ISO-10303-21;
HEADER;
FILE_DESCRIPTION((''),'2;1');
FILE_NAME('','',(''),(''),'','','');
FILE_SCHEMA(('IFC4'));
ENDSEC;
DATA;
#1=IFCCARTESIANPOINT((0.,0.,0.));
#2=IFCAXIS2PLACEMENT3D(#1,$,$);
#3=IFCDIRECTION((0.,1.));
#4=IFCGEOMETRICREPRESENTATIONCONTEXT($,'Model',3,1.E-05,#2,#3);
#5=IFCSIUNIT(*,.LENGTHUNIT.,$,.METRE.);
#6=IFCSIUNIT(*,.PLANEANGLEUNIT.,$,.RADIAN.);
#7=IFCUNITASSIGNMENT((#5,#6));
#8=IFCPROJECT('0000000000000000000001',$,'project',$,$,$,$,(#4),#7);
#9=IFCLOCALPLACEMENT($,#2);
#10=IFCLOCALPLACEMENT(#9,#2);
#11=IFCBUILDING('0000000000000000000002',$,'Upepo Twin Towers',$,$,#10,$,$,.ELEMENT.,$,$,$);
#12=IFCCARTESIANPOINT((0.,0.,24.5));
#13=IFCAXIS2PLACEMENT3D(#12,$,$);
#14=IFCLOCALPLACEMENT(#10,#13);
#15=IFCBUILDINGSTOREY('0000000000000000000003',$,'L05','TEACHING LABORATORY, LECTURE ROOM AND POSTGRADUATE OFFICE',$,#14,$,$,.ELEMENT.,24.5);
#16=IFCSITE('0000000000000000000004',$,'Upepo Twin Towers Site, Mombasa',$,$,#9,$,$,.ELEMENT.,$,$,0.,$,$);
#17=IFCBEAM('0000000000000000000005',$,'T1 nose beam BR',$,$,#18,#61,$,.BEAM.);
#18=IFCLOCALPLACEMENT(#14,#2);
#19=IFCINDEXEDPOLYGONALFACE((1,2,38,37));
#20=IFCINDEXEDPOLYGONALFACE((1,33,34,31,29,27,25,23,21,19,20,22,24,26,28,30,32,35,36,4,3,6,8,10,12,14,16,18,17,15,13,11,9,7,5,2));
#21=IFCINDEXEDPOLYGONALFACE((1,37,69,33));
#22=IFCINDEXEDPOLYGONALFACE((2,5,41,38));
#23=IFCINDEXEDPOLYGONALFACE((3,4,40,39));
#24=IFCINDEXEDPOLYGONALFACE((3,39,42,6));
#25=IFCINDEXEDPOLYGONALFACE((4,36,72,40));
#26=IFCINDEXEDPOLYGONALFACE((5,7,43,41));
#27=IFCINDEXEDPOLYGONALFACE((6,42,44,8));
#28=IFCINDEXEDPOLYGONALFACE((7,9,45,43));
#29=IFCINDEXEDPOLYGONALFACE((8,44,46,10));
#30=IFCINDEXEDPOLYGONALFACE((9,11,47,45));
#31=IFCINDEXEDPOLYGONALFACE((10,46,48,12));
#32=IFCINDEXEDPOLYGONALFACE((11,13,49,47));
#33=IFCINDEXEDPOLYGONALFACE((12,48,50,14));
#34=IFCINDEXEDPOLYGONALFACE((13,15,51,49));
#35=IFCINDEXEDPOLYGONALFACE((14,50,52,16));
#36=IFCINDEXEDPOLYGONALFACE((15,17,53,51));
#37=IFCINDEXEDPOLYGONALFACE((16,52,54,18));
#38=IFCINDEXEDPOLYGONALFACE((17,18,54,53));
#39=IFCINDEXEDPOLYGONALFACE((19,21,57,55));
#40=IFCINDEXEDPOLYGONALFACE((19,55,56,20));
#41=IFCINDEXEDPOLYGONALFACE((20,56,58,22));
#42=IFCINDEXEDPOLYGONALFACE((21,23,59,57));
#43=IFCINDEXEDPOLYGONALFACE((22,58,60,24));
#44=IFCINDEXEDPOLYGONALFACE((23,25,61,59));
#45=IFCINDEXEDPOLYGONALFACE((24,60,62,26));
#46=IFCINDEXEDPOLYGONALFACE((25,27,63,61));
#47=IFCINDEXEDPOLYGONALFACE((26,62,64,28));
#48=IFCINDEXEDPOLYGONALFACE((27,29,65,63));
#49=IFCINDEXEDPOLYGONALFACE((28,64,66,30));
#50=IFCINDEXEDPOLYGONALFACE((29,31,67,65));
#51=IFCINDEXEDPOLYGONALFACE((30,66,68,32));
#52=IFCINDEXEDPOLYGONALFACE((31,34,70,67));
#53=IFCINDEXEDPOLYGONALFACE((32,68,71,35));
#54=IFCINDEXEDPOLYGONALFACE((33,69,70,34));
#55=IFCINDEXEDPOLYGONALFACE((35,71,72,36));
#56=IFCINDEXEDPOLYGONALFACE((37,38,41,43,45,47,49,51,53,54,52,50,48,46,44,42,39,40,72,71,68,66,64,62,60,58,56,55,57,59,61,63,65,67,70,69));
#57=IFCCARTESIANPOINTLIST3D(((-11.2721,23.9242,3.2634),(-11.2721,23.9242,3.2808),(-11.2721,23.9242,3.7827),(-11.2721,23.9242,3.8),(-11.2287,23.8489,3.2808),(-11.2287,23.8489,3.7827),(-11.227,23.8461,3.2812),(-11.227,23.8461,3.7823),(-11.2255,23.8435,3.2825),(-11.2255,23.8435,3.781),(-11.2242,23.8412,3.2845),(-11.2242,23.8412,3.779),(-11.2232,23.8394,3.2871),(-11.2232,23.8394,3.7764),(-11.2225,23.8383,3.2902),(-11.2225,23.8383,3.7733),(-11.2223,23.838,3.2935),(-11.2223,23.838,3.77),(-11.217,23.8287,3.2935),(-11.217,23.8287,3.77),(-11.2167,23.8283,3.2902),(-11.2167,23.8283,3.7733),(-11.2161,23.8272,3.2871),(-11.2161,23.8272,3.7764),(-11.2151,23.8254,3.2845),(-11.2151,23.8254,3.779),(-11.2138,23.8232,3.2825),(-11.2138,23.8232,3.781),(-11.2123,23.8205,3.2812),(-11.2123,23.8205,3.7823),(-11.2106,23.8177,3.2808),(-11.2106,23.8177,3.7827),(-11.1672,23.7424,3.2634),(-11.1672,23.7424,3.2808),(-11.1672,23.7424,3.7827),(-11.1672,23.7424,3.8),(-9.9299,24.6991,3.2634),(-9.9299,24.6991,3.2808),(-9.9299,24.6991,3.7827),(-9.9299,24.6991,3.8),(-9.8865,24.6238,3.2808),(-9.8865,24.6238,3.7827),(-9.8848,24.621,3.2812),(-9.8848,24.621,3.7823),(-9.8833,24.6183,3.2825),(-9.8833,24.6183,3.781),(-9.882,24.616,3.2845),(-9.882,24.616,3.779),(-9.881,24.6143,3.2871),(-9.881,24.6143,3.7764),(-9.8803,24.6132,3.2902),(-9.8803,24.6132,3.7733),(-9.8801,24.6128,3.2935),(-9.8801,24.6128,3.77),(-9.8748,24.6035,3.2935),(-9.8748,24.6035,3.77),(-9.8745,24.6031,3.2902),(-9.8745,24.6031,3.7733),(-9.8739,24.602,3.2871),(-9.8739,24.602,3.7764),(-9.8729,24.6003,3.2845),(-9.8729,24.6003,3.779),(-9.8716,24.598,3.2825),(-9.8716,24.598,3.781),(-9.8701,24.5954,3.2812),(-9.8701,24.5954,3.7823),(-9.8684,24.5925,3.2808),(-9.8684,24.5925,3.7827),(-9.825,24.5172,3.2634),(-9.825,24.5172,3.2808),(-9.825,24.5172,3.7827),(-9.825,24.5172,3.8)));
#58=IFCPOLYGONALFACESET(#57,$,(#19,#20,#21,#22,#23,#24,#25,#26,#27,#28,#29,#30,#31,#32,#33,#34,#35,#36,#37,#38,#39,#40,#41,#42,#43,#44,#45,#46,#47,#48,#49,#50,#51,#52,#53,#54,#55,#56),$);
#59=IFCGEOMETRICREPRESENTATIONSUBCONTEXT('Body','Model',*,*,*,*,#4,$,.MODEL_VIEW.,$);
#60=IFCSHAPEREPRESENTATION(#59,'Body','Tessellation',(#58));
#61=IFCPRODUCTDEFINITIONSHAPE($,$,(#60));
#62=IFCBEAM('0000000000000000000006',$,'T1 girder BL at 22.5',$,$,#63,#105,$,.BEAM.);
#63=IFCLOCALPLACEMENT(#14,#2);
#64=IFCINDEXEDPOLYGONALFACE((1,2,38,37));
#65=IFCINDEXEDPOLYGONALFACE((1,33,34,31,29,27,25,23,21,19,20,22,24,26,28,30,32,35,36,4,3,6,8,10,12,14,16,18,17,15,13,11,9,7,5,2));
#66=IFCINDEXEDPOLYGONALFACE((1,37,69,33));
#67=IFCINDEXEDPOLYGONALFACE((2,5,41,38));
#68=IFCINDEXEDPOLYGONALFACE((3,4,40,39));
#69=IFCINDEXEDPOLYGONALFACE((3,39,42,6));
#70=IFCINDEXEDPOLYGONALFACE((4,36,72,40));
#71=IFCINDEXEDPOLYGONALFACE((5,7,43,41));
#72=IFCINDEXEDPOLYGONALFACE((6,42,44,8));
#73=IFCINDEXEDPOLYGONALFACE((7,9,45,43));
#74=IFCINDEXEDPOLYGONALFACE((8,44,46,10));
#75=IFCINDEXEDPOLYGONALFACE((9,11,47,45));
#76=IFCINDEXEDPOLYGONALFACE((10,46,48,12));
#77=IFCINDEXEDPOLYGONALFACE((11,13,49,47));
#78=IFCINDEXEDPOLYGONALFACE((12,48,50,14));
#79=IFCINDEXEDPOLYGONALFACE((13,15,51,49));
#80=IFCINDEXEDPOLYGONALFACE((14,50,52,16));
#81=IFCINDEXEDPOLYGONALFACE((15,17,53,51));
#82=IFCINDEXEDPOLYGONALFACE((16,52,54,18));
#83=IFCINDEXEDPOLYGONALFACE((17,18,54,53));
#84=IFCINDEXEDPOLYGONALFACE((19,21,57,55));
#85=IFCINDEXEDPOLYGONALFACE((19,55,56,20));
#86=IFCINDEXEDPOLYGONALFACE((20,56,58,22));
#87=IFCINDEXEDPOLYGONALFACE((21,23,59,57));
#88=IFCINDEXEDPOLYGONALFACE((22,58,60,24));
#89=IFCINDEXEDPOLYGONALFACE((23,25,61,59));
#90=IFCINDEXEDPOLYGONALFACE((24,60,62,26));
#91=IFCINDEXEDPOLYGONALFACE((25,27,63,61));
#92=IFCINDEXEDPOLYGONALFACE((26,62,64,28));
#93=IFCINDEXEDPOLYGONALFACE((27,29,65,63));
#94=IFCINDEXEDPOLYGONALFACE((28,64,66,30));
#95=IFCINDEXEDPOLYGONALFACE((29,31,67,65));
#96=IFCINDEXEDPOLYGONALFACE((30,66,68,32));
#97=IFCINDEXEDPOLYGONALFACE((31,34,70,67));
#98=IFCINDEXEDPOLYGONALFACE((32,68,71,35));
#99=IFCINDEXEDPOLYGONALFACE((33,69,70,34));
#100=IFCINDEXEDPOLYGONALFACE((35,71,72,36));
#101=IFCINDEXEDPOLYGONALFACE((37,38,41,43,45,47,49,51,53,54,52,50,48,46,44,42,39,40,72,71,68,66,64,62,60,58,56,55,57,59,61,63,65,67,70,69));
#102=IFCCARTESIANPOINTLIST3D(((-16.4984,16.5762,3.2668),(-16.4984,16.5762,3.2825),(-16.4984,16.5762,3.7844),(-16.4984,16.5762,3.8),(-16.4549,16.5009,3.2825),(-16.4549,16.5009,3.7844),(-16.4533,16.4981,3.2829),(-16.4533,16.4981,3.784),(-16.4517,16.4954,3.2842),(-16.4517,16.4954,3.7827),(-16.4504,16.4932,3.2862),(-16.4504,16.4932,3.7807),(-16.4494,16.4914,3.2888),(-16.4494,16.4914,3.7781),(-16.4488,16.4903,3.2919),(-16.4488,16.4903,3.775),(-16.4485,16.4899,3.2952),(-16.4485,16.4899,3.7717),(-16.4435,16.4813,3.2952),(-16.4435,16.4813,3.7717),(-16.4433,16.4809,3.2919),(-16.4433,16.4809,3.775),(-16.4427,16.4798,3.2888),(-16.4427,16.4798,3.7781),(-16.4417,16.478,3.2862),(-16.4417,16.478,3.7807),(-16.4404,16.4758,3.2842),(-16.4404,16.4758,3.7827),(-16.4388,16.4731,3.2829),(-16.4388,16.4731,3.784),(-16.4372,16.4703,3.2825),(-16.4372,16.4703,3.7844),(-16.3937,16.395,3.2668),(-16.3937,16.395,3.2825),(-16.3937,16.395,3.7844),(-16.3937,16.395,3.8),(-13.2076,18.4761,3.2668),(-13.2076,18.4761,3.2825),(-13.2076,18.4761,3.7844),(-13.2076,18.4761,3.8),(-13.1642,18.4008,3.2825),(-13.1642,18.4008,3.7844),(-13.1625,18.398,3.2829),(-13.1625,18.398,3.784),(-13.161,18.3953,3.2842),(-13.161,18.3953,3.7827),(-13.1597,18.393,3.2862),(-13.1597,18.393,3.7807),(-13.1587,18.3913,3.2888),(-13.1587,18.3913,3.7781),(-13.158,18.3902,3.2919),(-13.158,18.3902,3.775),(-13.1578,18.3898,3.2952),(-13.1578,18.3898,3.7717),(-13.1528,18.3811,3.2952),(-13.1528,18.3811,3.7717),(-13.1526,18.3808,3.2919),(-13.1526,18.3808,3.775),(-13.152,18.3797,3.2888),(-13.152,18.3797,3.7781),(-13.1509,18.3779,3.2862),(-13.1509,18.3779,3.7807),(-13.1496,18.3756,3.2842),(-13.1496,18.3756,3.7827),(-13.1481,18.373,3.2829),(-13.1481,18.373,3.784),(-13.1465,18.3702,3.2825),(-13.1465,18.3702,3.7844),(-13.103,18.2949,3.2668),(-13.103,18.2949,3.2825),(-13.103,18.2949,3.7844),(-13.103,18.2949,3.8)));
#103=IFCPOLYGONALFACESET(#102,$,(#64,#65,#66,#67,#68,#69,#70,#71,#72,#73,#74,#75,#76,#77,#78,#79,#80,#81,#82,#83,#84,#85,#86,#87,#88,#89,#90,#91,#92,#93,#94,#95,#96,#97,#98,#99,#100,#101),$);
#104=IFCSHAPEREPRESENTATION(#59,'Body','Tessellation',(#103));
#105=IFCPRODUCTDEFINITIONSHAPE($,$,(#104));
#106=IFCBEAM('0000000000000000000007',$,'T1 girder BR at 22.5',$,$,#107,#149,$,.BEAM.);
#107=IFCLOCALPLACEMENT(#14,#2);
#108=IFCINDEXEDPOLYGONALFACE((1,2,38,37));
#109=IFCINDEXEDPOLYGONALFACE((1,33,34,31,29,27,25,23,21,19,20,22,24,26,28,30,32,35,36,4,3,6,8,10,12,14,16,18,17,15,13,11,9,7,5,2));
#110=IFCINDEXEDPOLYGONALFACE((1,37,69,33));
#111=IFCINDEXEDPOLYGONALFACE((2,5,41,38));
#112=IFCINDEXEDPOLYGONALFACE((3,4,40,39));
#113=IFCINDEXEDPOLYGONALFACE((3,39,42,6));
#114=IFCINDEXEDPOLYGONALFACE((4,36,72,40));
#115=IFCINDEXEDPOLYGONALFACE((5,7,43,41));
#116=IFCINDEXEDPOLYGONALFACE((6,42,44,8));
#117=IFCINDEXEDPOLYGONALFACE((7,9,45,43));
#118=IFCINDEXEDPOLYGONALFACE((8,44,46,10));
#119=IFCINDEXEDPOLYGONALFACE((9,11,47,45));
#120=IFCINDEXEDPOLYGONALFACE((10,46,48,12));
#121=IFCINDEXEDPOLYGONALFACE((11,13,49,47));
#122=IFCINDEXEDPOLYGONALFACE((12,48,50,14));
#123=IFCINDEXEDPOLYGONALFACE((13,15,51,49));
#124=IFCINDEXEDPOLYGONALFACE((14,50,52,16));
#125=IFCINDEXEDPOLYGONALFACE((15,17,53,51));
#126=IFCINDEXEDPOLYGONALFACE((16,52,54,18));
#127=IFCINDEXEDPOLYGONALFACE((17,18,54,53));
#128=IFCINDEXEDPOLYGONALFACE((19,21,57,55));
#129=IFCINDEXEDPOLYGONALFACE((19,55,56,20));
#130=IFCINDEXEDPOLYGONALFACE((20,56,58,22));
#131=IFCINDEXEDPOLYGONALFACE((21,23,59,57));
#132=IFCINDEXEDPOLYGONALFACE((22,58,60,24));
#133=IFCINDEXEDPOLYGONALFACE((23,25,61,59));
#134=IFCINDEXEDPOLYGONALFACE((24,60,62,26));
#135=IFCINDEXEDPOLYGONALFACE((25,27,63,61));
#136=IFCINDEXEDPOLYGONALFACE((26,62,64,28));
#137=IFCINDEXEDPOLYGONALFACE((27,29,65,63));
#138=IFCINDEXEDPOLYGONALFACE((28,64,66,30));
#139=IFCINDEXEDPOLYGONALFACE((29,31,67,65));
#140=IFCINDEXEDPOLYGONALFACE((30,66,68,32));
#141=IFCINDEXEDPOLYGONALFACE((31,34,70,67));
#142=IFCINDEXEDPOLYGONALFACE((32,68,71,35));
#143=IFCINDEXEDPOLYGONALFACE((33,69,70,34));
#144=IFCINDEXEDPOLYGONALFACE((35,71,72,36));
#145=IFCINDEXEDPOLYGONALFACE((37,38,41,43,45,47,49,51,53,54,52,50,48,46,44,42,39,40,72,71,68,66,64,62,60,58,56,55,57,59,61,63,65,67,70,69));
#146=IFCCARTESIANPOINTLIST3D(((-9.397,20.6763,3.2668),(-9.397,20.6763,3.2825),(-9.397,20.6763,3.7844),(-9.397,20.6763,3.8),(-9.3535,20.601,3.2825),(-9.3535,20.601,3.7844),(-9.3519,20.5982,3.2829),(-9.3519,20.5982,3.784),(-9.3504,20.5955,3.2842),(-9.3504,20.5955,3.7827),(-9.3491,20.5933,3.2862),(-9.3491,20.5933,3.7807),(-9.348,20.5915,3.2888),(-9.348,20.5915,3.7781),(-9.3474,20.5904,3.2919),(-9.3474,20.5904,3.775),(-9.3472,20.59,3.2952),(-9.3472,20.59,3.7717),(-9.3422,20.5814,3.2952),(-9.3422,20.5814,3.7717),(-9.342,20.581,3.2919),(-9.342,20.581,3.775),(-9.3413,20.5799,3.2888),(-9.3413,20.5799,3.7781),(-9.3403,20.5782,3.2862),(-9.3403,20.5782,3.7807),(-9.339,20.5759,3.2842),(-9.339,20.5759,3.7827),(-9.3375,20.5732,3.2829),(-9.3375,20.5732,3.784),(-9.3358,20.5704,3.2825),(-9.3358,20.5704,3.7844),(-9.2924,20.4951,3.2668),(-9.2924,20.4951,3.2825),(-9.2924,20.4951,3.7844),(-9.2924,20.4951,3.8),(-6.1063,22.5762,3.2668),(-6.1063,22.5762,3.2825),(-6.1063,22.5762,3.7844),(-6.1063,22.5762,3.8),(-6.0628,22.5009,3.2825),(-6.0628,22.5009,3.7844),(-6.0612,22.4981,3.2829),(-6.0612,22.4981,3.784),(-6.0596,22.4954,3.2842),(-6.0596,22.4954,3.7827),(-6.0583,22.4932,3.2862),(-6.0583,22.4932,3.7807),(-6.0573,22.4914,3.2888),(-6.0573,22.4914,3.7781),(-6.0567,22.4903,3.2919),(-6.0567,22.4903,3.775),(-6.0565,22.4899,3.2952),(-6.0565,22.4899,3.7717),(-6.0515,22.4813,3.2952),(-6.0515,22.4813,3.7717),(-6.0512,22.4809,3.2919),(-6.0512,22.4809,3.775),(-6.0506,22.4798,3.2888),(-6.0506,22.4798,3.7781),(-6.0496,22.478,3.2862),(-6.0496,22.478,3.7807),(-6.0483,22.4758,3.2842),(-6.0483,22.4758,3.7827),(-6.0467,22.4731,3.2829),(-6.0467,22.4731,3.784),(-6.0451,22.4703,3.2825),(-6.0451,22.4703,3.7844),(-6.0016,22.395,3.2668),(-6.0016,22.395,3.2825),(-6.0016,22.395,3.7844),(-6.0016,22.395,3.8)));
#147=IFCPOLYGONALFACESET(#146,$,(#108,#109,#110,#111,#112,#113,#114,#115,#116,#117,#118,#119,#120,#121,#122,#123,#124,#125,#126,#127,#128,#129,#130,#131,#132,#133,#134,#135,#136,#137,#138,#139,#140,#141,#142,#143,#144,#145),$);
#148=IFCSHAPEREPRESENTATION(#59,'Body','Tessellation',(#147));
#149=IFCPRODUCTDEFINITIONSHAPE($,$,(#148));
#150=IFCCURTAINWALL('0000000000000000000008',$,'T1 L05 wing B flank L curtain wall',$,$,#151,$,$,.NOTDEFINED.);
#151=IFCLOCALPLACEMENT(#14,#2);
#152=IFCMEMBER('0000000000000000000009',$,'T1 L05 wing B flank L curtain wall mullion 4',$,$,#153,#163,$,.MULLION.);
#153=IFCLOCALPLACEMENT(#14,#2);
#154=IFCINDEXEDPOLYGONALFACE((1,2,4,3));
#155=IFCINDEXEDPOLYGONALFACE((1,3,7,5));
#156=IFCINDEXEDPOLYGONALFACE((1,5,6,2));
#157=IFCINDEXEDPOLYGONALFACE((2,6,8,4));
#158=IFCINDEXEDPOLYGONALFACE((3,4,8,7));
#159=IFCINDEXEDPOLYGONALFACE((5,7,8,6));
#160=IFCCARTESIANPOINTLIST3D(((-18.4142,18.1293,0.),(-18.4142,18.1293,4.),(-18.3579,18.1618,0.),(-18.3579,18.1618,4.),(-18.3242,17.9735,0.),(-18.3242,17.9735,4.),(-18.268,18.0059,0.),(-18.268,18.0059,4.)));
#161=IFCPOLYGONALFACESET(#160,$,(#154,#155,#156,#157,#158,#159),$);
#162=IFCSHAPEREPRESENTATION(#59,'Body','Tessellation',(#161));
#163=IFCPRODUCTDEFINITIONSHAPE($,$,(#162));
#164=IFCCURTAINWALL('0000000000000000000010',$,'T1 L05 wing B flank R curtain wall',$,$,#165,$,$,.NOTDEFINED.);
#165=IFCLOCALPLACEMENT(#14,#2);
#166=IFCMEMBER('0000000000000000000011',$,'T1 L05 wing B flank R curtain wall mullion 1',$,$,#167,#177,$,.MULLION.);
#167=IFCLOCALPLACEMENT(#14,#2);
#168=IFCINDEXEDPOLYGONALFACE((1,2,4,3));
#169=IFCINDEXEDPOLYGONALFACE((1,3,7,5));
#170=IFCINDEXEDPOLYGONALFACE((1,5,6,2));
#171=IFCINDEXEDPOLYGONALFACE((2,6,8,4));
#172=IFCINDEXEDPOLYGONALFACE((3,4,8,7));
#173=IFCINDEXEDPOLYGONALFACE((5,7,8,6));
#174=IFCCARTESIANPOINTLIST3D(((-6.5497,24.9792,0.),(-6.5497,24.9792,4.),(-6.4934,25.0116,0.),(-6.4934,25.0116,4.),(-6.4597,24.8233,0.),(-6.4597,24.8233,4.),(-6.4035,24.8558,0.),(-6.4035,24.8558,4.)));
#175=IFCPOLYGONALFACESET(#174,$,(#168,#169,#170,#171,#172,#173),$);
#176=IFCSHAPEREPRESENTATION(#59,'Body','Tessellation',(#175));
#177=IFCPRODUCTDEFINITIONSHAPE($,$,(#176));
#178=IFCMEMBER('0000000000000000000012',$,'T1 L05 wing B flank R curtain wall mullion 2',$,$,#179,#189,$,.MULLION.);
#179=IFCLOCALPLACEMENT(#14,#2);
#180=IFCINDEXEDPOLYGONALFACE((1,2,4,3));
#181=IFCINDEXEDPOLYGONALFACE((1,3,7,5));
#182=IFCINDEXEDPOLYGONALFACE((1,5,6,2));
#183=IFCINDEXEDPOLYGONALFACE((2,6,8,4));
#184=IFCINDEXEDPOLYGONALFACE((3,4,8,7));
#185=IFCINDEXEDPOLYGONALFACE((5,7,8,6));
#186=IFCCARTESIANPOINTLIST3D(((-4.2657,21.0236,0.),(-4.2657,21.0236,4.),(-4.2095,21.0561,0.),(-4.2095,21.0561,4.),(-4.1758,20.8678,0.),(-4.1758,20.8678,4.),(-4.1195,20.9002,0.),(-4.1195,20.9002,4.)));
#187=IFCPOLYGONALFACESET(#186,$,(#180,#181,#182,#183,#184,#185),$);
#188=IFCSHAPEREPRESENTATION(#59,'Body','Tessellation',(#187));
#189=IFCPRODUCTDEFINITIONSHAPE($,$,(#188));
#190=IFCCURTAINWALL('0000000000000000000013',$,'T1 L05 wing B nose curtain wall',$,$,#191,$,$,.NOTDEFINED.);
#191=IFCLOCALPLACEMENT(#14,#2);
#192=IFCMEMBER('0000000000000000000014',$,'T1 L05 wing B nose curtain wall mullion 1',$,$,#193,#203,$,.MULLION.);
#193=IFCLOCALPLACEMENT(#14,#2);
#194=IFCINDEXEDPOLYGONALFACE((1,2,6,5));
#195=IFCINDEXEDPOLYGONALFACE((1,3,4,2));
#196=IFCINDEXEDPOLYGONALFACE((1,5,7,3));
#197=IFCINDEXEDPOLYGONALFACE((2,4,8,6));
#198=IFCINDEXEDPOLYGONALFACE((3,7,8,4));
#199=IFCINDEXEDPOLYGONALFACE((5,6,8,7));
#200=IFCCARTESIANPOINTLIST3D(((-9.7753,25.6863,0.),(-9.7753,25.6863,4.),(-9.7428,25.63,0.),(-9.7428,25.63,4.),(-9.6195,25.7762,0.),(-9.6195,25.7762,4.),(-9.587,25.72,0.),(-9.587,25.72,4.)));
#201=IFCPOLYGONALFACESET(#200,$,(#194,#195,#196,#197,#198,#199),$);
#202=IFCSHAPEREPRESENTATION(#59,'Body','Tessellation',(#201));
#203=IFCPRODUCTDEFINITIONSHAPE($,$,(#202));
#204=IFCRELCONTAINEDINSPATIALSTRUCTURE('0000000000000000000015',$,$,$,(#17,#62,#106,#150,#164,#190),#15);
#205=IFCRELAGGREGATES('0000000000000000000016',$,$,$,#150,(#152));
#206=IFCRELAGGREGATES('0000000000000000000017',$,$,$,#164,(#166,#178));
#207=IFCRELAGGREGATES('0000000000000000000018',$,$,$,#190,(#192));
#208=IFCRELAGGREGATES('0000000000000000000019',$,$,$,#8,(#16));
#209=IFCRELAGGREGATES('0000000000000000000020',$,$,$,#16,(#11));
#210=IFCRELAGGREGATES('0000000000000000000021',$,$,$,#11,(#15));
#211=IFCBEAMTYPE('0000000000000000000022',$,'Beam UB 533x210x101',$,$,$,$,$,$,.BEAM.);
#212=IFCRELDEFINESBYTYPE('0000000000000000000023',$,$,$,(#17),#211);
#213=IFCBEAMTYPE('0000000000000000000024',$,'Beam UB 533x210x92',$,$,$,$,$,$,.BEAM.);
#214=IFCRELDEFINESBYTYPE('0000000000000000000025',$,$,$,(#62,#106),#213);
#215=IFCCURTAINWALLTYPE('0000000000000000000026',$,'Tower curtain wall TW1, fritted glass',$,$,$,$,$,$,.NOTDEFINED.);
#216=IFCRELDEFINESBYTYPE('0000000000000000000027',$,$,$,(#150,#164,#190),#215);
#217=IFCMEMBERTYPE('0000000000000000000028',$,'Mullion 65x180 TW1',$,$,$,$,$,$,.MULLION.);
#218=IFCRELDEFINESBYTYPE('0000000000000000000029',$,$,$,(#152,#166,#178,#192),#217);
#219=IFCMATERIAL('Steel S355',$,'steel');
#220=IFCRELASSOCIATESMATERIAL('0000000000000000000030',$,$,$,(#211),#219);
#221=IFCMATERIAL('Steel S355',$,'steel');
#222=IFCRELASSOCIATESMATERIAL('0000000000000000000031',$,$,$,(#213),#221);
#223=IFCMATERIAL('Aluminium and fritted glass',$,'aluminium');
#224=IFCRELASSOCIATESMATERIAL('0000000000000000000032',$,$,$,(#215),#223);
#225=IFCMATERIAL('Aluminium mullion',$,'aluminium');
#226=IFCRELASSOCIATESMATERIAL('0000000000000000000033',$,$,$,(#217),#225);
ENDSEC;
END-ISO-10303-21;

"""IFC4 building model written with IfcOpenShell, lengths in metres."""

from ifc_helpers import new_model, si_unit, direction, frame, origin, origin_2d, place, context, subcontext, project, spatial, rectangle, i_section, extrude, material, material_profile, profile_set, type_object, element, aggregate, save


model = new_model("IFC4")

# Units and contexts
model_context = context("Model", 3, precision=1e-05, world=origin(), true_north=direction((0.0, 1.0)))
body_context = subcontext(model_context, "Body", "Model", "MODEL_VIEW")
ifc_project = project(units=[si_unit("LENGTHUNIT", "METRE"), si_unit("PLANEANGLEUNIT", "RADIAN")], contexts=[model_context])

# Site, building, storey
site_placement = place(None, origin())
site = spatial("IfcSite", under=ifc_project, at=site_placement, Name="Upepo Twin Towers Site, Mombasa", CompositionType="ELEMENT", RefElevation=0.0)
building_placement = place(site_placement, origin())
building = spatial("IfcBuilding", under=site, at=building_placement, Name="Upepo Twin Towers", CompositionType="ELEMENT")
storey_placement = place(building_placement, frame((0.0, 0.0, 24.5)))
storey = spatial("IfcBuildingStorey", under=building, at=storey_placement, Name="L05", Description="TEACHING LABORATORY, LECTURE ROOM AND POSTGRADUATE OFFICE", CompositionType="ELEMENT", Elevation=24.5)

# Beams
ifc_material_1 = material(Name="Steel S355", Category="steel")
ifc_material_profile_1 = material_profile(ifc_material_1, i_section(OverallWidth=0.21, OverallDepth=0.5366, WebThickness=0.0107, FlangeThickness=0.0173, FilletRadius=0.0127, at=origin_2d()), Name="UB 533x210x101")
ifc_profile_set_1 = profile_set([ifc_material_profile_1], Name="Steel S355")
beam_type_1 = type_object("IfcBeamType", Name="Beam UB 533x210x101", PredefinedType="BEAM", material=ifc_profile_set_1)
for number, where, z_axis, x_axis, name in (
    (1, (-9.8774, 24.6082, 3.5317), (-0.866044, -0.499968, 0.0), (0.499968, -0.866044, 0.0), "T1 nose beam BR"),
):
    element("IfcBeam", number, at=place(storey_placement, frame(where, z_axis=z_axis, x_axis=x_axis)), inside=storey, type_object=beam_type_1, Name=name, PredefinedType="BEAM", context=body_context, shape_type="SweptSolid", body=[
        extrude(i_section(OverallWidth=0.21, OverallDepth=0.5366, WebThickness=0.0107, FlangeThickness=0.0173, FilletRadius=0.0127, at=origin_2d()), origin(), (0.0, 0.0, 1.0), 1.5498),
    ])
ifc_material_2 = material(Name="Steel S355", Category="steel")
ifc_material_profile_2 = material_profile(ifc_material_2, i_section(OverallWidth=0.2092, OverallDepth=0.5332, WebThickness=0.01, FlangeThickness=0.0156, FilletRadius=0.0127, at=origin_2d()), Name="UB 533x210x92")
ifc_profile_set_2 = profile_set([ifc_material_profile_2], Name="Steel S355")
beam_type_2 = type_object("IfcBeamType", Name="Beam UB 533x210x92", PredefinedType="BEAM", material=ifc_profile_set_2)
for number, where, z_axis, x_axis, name in (
    (2, (-16.446, 16.4856, 3.5334), (0.866028, 0.499995, 0.0), (-0.499995, 0.866028, 0.0), "T1 girder BL at 22.5"),
    (3, (-6.054, 22.4856, 3.5334), (-0.866028, -0.499995, 0.0), (0.499995, -0.866028, 0.0), "T1 girder BR at 22.5"),
):
    element("IfcBeam", number, at=place(storey_placement, frame(where, z_axis=z_axis, x_axis=x_axis)), inside=storey, type_object=beam_type_2, Name=name, PredefinedType="BEAM", context=body_context, shape_type="SweptSolid", body=[
        extrude(i_section(OverallWidth=0.2092, OverallDepth=0.5332, WebThickness=0.01, FlangeThickness=0.0156, FilletRadius=0.0127, at=origin_2d()), origin(), (0.0, 0.0, 1.0), 3.7998),
    ])

# Curtain wall, member
ifc_material_3 = material(Name="Aluminium and fritted glass", Category="aluminium")
curtain_wall_type = type_object("IfcCurtainWallType", Name="Tower curtain wall TW1, fritted glass", PredefinedType="NOTDEFINED", material=ifc_material_3)
curtain_wall_1_placement = place(storey_placement, origin())
curtain_wall_1 = element("IfcCurtainWall", 4, at=curtain_wall_1_placement, inside=storey, type_object=curtain_wall_type, Name="T1 L05 wing B flank L curtain wall", PredefinedType="NOTDEFINED")
ifc_material_4 = material(Name="Aluminium mullion", Category="aluminium")
ifc_material_profile_3 = material_profile(ifc_material_4, rectangle(XDim=0.0649, YDim=0.1799, at=origin_2d()), Name="MULLION 65x180")
ifc_profile_set_3 = profile_set([ifc_material_profile_3], Name="Aluminium mullion")
member_type_1 = type_object("IfcMemberType", Name="Mullion 65x180 TW1", PredefinedType="MULLION", material=ifc_profile_set_3)
member_1_placement = place(storey_placement, frame((-18.3411, 18.0676, 0.0), z_axis=(0.0, 0.0, 1.0), x_axis=(-0.866025, -0.5, 0.0)))
member_1 = element("IfcMember", 5, at=member_1_placement, type_object=member_type_1, Name="T1 L05 wing B flank L curtain wall mullion 4", PredefinedType="MULLION", context=body_context, shape_type="SweptSolid", body=[
    extrude(rectangle(XDim=0.0649, YDim=0.1799, at=origin_2d()), origin(), (0.0, 0.0, 1.0), 4.0),
])

# Curtain walls, members
curtain_wall_2_placement = place(storey_placement, origin())
curtain_wall_2 = element("IfcCurtainWall", 6, at=curtain_wall_2_placement, inside=storey, type_object=curtain_wall_type, Name="T1 L05 wing B flank R curtain wall", PredefinedType="NOTDEFINED")
member_2_placement = place(storey_placement, frame((-6.4766, 24.9175, 0.0), z_axis=(0.0, 0.0, 1.0), x_axis=(0.866025, 0.5, 0.0)))
member_2 = element("IfcMember", 7, at=member_2_placement, type_object=member_type_1, Name="T1 L05 wing B flank R curtain wall mullion 1", PredefinedType="MULLION", context=body_context, shape_type="SweptSolid", body=[
    extrude(rectangle(XDim=0.0649, YDim=0.1799, at=origin_2d()), origin(), (0.0, 0.0, 1.0), 4.0),
])
member_3_placement = place(storey_placement, frame((-4.1926, 20.9619, 0.0), z_axis=(0.0, 0.0, 1.0), x_axis=(0.866025, 0.5, 0.0)))
member_3 = element("IfcMember", 8, at=member_3_placement, type_object=member_type_1, Name="T1 L05 wing B flank R curtain wall mullion 2", PredefinedType="MULLION", context=body_context, shape_type="SweptSolid", body=[
    extrude(rectangle(XDim=0.0649, YDim=0.1799, at=origin_2d()), origin(), (0.0, 0.0, 1.0), 4.0),
])
curtain_wall_3_placement = place(storey_placement, origin())
curtain_wall_3 = element("IfcCurtainWall", 9, at=curtain_wall_3_placement, inside=storey, type_object=curtain_wall_type, Name="T1 L05 wing B nose curtain wall", PredefinedType="NOTDEFINED")
member_4_placement = place(storey_placement, frame((-9.6812, 25.7031, 0.0), z_axis=(0.0, 0.0, 1.0), x_axis=(0.5, -0.866025, 0.0)))
member_4 = element("IfcMember", 10, at=member_4_placement, type_object=member_type_1, Name="T1 L05 wing B nose curtain wall mullion 1", PredefinedType="MULLION", context=body_context, shape_type="SweptSolid", body=[
    extrude(rectangle(XDim=0.0649, YDim=0.1799, at=origin_2d()), origin(), (0.0, 0.0, 1.0), 4.0),
])

aggregate(curtain_wall_1, [member_1])
aggregate(curtain_wall_2, [member_2, member_3])
aggregate(curtain_wall_3, [member_4])

save(model, "model.ifc")
